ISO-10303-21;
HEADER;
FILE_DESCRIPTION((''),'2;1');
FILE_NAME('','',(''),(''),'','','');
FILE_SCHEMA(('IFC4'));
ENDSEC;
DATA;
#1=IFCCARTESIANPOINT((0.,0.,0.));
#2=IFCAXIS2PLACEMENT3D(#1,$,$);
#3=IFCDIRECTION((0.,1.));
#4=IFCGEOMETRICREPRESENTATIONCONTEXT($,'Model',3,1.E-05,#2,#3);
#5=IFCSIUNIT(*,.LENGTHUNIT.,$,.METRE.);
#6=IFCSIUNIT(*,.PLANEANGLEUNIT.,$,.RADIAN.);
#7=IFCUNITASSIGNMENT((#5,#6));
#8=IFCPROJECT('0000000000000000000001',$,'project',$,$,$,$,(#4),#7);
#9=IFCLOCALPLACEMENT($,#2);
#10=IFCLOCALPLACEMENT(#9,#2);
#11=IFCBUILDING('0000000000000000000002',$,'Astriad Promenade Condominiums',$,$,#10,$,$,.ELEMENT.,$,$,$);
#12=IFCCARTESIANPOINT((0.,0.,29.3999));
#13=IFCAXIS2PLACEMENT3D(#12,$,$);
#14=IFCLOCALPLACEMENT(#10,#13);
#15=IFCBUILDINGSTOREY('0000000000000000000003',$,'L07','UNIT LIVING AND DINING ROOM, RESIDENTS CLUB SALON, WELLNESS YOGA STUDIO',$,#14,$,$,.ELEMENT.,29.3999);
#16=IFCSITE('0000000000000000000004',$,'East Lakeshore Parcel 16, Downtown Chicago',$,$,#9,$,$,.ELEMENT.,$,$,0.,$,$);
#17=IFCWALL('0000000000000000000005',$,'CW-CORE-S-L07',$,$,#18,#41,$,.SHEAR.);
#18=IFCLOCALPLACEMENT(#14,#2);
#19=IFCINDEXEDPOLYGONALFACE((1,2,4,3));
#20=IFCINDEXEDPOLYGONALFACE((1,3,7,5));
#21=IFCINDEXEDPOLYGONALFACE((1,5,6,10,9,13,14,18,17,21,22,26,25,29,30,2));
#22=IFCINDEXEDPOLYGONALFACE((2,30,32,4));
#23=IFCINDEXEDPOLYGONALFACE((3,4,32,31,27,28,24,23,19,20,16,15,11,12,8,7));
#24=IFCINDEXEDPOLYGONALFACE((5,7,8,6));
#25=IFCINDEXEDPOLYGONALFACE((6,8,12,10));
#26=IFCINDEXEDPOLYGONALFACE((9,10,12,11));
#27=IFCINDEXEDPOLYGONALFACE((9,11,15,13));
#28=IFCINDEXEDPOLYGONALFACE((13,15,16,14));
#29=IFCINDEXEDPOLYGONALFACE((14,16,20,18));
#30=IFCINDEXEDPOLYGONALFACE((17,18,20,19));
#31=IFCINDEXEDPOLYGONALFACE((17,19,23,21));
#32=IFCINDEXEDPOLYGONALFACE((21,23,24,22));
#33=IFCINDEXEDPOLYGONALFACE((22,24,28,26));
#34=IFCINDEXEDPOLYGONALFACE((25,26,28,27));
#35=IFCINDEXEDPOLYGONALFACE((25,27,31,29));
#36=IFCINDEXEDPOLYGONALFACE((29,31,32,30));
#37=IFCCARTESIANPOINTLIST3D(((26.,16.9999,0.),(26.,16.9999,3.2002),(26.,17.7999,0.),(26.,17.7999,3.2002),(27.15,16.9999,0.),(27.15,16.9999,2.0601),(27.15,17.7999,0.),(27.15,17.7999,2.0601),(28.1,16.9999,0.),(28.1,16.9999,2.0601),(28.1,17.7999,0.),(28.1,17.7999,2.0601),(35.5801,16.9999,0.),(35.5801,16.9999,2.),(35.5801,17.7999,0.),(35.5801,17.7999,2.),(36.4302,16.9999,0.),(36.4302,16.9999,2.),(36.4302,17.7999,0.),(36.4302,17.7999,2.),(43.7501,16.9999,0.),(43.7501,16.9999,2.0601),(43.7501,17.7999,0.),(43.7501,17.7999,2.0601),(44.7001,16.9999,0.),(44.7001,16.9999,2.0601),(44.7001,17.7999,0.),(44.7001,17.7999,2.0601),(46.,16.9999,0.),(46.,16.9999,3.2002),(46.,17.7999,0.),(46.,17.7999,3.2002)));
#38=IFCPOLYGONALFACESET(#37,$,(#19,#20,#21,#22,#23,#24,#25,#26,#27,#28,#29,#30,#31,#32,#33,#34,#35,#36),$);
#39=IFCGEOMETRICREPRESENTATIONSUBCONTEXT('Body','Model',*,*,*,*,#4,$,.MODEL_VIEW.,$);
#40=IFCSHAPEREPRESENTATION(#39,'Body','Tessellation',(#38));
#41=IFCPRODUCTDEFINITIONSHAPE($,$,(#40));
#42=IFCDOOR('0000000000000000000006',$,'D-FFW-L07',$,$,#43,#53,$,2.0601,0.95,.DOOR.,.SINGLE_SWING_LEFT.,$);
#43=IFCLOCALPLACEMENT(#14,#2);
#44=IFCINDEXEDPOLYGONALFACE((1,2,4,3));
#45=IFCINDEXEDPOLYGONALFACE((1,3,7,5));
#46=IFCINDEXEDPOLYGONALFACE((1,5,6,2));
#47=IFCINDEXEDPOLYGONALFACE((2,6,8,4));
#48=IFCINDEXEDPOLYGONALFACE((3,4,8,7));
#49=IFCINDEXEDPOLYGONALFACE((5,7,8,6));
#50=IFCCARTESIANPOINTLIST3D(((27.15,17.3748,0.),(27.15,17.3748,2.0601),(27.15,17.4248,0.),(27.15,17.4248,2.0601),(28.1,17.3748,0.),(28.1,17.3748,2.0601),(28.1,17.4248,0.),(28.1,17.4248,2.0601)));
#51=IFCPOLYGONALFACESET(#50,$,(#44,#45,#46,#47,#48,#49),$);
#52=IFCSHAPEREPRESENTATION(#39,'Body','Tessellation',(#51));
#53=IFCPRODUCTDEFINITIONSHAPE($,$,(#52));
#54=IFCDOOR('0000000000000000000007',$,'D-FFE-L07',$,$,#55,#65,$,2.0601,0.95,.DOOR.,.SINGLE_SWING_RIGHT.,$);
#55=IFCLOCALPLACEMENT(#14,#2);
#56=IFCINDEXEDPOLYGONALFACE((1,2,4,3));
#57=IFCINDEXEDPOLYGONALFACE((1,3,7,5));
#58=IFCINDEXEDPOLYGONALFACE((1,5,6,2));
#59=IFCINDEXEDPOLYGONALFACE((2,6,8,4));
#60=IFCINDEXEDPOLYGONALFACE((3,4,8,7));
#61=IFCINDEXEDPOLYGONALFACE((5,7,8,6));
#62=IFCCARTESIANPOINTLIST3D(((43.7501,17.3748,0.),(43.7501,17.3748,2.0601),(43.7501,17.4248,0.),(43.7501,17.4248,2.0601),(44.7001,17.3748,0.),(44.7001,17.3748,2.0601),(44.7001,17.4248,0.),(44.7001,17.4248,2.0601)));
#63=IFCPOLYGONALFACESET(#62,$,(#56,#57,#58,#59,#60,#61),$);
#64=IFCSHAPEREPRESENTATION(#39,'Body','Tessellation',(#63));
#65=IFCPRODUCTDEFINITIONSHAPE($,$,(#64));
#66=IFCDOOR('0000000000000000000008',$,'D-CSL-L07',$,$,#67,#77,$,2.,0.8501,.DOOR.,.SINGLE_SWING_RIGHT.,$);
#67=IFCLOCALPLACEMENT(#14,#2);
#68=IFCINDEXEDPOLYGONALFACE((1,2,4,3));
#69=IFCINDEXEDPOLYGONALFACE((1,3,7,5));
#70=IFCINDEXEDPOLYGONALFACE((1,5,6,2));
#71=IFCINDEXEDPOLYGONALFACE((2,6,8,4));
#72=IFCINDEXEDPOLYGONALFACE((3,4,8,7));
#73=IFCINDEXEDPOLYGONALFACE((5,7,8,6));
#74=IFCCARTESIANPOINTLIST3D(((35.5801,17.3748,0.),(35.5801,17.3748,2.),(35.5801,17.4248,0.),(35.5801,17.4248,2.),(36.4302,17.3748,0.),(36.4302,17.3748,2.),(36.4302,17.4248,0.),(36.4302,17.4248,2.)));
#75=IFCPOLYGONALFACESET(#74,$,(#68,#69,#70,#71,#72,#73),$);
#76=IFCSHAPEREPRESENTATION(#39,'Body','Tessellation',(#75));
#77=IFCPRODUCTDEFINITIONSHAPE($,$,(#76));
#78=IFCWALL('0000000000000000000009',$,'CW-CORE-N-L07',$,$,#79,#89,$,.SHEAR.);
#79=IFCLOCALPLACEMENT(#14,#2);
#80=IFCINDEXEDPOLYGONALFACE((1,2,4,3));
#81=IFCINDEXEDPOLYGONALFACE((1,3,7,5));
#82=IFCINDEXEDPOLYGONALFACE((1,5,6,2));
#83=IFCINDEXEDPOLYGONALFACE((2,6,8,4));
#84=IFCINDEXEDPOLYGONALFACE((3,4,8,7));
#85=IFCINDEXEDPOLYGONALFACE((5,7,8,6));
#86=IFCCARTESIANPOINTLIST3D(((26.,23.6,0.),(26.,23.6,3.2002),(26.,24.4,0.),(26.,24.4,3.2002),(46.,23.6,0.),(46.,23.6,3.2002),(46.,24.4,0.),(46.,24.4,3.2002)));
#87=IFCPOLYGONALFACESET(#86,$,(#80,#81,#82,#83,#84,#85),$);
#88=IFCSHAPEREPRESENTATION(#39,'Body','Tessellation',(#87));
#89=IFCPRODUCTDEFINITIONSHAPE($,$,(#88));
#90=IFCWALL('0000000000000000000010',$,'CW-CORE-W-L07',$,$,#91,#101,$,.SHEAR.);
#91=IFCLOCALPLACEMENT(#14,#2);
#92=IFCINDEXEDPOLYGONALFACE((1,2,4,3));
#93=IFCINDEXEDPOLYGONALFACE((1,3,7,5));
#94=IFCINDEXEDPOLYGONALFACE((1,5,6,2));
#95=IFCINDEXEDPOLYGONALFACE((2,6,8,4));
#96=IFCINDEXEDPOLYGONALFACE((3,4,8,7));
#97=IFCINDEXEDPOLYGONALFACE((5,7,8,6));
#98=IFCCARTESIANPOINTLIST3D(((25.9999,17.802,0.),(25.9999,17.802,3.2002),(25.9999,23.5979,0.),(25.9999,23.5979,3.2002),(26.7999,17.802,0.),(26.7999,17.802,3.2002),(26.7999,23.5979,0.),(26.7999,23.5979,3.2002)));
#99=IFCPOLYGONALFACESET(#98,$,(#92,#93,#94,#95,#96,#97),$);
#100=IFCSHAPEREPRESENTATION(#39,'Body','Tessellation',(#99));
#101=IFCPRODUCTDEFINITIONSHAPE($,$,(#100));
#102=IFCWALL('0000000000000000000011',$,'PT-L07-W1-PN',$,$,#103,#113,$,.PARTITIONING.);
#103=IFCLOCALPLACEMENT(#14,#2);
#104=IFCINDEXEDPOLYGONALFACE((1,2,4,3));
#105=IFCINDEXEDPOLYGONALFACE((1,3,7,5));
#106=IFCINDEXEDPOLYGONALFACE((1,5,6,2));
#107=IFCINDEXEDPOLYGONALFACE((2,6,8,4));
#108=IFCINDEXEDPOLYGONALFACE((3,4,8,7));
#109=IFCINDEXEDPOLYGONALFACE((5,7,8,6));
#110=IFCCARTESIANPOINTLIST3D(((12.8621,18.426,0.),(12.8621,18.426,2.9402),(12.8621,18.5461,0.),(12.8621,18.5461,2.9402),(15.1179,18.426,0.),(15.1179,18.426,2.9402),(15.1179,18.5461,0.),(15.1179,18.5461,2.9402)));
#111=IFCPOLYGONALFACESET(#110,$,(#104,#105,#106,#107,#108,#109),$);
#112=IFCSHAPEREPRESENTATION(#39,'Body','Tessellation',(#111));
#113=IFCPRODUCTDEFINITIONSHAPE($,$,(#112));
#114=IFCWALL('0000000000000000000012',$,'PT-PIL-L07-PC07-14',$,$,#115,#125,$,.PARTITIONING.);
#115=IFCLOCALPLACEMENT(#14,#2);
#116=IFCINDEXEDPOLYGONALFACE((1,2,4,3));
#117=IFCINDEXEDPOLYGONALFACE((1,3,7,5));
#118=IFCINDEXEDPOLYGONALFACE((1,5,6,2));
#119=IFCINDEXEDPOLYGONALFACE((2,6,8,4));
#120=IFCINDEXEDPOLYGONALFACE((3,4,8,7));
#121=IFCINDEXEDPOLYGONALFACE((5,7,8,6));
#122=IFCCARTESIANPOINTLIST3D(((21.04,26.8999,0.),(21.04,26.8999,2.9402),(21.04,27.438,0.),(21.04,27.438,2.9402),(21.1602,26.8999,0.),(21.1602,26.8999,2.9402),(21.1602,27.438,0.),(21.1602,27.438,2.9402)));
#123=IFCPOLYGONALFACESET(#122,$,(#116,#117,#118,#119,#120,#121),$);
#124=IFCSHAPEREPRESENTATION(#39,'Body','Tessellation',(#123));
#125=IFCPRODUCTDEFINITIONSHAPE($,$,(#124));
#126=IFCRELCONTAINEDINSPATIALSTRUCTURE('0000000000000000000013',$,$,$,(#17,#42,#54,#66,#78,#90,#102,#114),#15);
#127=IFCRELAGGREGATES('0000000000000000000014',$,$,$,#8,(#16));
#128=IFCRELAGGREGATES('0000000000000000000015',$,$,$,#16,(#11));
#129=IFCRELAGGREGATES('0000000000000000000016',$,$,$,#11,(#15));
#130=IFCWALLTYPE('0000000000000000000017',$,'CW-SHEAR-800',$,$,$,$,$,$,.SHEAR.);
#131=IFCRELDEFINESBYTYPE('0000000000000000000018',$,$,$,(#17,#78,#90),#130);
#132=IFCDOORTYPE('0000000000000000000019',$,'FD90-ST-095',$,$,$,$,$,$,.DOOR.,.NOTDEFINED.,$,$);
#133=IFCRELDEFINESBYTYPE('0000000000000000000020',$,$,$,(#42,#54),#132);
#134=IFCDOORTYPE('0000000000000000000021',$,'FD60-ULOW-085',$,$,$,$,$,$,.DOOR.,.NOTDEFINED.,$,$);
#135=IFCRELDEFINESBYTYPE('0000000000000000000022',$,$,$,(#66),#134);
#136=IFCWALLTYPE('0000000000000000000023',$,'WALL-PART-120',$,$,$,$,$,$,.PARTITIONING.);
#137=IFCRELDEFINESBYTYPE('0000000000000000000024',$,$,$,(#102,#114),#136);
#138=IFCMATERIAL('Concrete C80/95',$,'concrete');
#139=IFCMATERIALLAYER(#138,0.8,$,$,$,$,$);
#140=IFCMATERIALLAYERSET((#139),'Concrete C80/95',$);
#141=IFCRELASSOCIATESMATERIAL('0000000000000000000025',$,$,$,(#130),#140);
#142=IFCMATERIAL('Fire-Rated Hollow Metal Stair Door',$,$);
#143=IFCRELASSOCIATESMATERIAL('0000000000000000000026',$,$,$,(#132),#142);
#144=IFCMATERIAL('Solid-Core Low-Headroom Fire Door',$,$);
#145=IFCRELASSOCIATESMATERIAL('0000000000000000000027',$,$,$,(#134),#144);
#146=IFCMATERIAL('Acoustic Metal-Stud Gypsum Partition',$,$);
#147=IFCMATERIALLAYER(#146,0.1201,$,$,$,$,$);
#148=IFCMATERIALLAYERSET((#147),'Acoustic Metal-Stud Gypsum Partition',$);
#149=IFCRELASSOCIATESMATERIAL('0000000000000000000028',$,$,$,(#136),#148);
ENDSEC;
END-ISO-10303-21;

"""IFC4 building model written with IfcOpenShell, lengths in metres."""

from ifc_helpers import new_model, si_unit, direction, frame, frame_2d, origin, place, context, subcontext, project, spatial, rectangle, extrude, source, transform, mapped, material, layer, layer_set, type_object, type_shapes, element, fill, save


model = new_model("IFC4")

# Units and contexts
model_context = context("Model", 3, precision=1e-05, world=origin(), true_north=direction((0.0, 1.0)))
body_context = subcontext(model_context, "Body", "Model", "MODEL_VIEW")
ifc_project = project(units=[si_unit("LENGTHUNIT", "METRE"), si_unit("PLANEANGLEUNIT", "RADIAN")], contexts=[model_context])

# Site, building, storey
site_placement = place(None, origin())
site = spatial("IfcSite", under=ifc_project, at=site_placement, Name="East Lakeshore Parcel 16, Downtown Chicago", CompositionType="ELEMENT", RefElevation=0.0)
building_placement = place(site_placement, origin())
building = spatial("IfcBuilding", under=site, at=building_placement, Name="Astriad Promenade Condominiums", CompositionType="ELEMENT")
storey_placement = place(building_placement, frame((0.0, 0.0, 29.3999)))
storey = spatial("IfcBuildingStorey", under=building, at=storey_placement, Name="L07", Description="UNIT LIVING AND DINING ROOM, RESIDENTS CLUB SALON, WELLNESS YOGA STUDIO", CompositionType="ELEMENT", Elevation=29.3999)

# Shared definitions
ifc_material_1 = material(Name="Concrete C80/95", Category="concrete")

# Wall, openings, doors
ifc_layer_1 = layer(ifc_material_1, 0.8)
ifc_layer_set_1 = layer_set([ifc_layer_1], Name="Concrete C80/95")
wall_type_1 = type_object("IfcWallType", Name="CW-SHEAR-800", PredefinedType="SHEAR", material=ifc_layer_set_1)
wall_1_placement = place(storey_placement, frame((26.0, 17.3999, 0.0), z_axis=(0.0, 0.0, 1.0), x_axis=(1.0, 0.0, 0.0)))
wall_1 = element("IfcWall", 1, at=wall_1_placement, inside=storey, type_object=wall_type_1, Name="CW-CORE-S-L07", PredefinedType="SHEAR", context=body_context, shape_type="SweptSolid", body=[
    extrude(rectangle(XDim=20.0, YDim=0.8, at=frame_2d((10.0, 0.0))), origin(), (0.0, 0.0, 1.0), 3.2002),
])
opening_1_placement = place(wall_1_placement, frame((1.1499, 0.0, 0.0)))
opening_1 = element("IfcOpeningElement", 2, at=opening_1_placement, cuts=wall_1, PredefinedType="OPENING", context=body_context, shape_type="SweptSolid", body=[
    extrude(rectangle(XDim=0.95, YDim=2.0601, at=frame_2d((0.4751, 1.03))), frame((0.0, 0.4099, 0.0), z_axis=(0.0, -1.0, 0.0), x_axis=(1.0, 0.0, 0.0)), (0.0, 0.0, 1.0), 0.8201),
])
opening_2_placement = place(wall_1_placement, frame((9.5801, 0.0, 0.0)))
opening_2 = element("IfcOpeningElement", 3, at=opening_2_placement, cuts=wall_1, PredefinedType="OPENING", context=body_context, shape_type="SweptSolid", body=[
    extrude(rectangle(XDim=0.8501, YDim=2.0, at=frame_2d((0.425, 1.0))), frame((0.0, 0.4099, 0.0), z_axis=(0.0, -1.0, 0.0), x_axis=(1.0, 0.0, 0.0)), (0.0, 0.0, 1.0), 0.8201),
])
opening_3_placement = place(wall_1_placement, frame((17.75, 0.0, 0.0)))
opening_3 = element("IfcOpeningElement", 4, at=opening_3_placement, cuts=wall_1, PredefinedType="OPENING", context=body_context, shape_type="SweptSolid", body=[
    extrude(rectangle(XDim=0.95, YDim=2.0601, at=frame_2d((0.4751, 1.03))), frame((0.0, 0.4099, 0.0), z_axis=(0.0, -1.0, 0.0), x_axis=(1.0, 0.0, 0.0)), (0.0, 0.0, 1.0), 0.8201),
])
ifc_material_2 = material(Name="Fire-Rated Hollow Metal Stair Door")
door_type_1 = type_object("IfcDoorType", Name="FD90-ST-095", OperationType="NOTDEFINED", PredefinedType="DOOR", material=ifc_material_2)
shared_shape_1 = source(origin(), body_context, "Body", "SweptSolid", [
    extrude(rectangle(XDim=0.95, YDim=2.0601, at=frame_2d((0.4751, 1.03))), frame((0.0, 0.0249, 0.0), z_axis=(0.0, -1.0, 0.0), x_axis=(1.0, 0.0, 0.0)), (0.0, 0.0, 1.0), 0.05),
])
type_shapes(door_type_1, [shared_shape_1])
door_1_placement = place(opening_1_placement, origin())
door_1 = element("IfcDoor", 5, at=door_1_placement, inside=storey, type_object=door_type_1, Name="D-FFW-L07", OperationType="SINGLE_SWING_LEFT", OverallHeight=2.0601, OverallWidth=0.95, PredefinedType="DOOR", context=body_context, shape_type="MappedRepresentation", body=[
    mapped(shared_shape_1, transform((0.0, 0.0, 0.0), scale=1.0)),
])
fill(opening_1, door_1)
door_2_placement = place(opening_3_placement, origin())
door_2 = element("IfcDoor", 6, at=door_2_placement, inside=storey, type_object=door_type_1, Name="D-FFE-L07", OperationType="SINGLE_SWING_RIGHT", OverallHeight=2.0601, OverallWidth=0.95, PredefinedType="DOOR", context=body_context, shape_type="MappedRepresentation", body=[
    mapped(shared_shape_1, transform((0.0, 0.0, 0.0), scale=1.0)),
])
fill(opening_3, door_2)
ifc_material_3 = material(Name="Solid-Core Low-Headroom Fire Door")
door_type_2 = type_object("IfcDoorType", Name="FD60-ULOW-085", OperationType="NOTDEFINED", PredefinedType="DOOR", material=ifc_material_3)
shared_shape_2 = source(origin(), body_context, "Body", "SweptSolid", [
    extrude(rectangle(XDim=0.8501, YDim=2.0, at=frame_2d((0.425, 1.0))), frame((0.0, 0.0249, 0.0), z_axis=(0.0, -1.0, 0.0), x_axis=(1.0, 0.0, 0.0)), (0.0, 0.0, 1.0), 0.05),
])
type_shapes(door_type_2, [shared_shape_2])
door_3_placement = place(opening_2_placement, origin())
door_3 = element("IfcDoor", 7, at=door_3_placement, inside=storey, type_object=door_type_2, Name="D-CSL-L07", OperationType="SINGLE_SWING_RIGHT", OverallHeight=2.0, OverallWidth=0.8501, PredefinedType="DOOR", context=body_context, shape_type="MappedRepresentation", body=[
    mapped(shared_shape_2, transform((0.0, 0.0, 0.0), scale=1.0)),
])
fill(opening_2, door_3)

# Walls
wall_2_placement = place(storey_placement, frame((26.0, 24.0, 0.0), z_axis=(0.0, 0.0, 1.0), x_axis=(1.0, 0.0, 0.0)))
element("IfcWall", 8, at=wall_2_placement, inside=storey, type_object=wall_type_1, Name="CW-CORE-N-L07", PredefinedType="SHEAR", context=body_context, shape_type="SweptSolid", body=[
    extrude(rectangle(XDim=20.0, YDim=0.8, at=frame_2d((10.0, 0.0))), origin(), (0.0, 0.0, 1.0), 3.2002),
])
wall_3_placement = place(storey_placement, frame((26.3999, 17.802, 0.0), z_axis=(0.0, 0.0, 1.0), x_axis=(0.0, 1.0, 0.0)))
element("IfcWall", 9, at=wall_3_placement, inside=storey, type_object=wall_type_1, Name="CW-CORE-W-L07", PredefinedType="SHEAR", context=body_context, shape_type="SweptSolid", body=[
    extrude(rectangle(XDim=5.7959, YDim=0.8, at=frame_2d((2.8979, 0.0))), origin(), (0.0, 0.0, 1.0), 3.2002),
])
ifc_material_4 = material(Name="Acoustic Metal-Stud Gypsum Partition")
ifc_layer_2 = layer(ifc_material_4, 0.1201)
ifc_layer_set_2 = layer_set([ifc_layer_2], Name="Acoustic Metal-Stud Gypsum Partition")
wall_type_2 = type_object("IfcWallType", Name="WALL-PART-120", PredefinedType="PARTITIONING", material=ifc_layer_set_2)
wall_4_placement = place(storey_placement, frame((12.8621, 18.4861, 0.0), z_axis=(0.0, 0.0, 1.0), x_axis=(1.0, 0.0, 0.0)))
element("IfcWall", 10, at=wall_4_placement, inside=storey, type_object=wall_type_2, Name="PT-L07-W1-PN", PredefinedType="PARTITIONING", context=body_context, shape_type="SweptSolid", body=[
    extrude(rectangle(XDim=2.2559, YDim=0.1201, at=frame_2d((1.1279, 0.0))), origin(), (0.0, 0.0, 1.0), 2.9402),
])
wall_5_placement = place(storey_placement, frame((21.1001, 26.8999, 0.0), z_axis=(0.0, 0.0, 1.0), x_axis=(0.0, 1.0, 0.0)))
element("IfcWall", 11, at=wall_5_placement, inside=storey, type_object=wall_type_2, Name="PT-PIL-L07-PC07-14", PredefinedType="PARTITIONING", context=body_context, shape_type="SweptSolid", body=[
    extrude(rectangle(XDim=0.5381, YDim=0.1201, at=frame_2d((0.269, 0.0))), origin(), (0.0, 0.0, 1.0), 2.9402),
])

save(model, "model.ifc")
